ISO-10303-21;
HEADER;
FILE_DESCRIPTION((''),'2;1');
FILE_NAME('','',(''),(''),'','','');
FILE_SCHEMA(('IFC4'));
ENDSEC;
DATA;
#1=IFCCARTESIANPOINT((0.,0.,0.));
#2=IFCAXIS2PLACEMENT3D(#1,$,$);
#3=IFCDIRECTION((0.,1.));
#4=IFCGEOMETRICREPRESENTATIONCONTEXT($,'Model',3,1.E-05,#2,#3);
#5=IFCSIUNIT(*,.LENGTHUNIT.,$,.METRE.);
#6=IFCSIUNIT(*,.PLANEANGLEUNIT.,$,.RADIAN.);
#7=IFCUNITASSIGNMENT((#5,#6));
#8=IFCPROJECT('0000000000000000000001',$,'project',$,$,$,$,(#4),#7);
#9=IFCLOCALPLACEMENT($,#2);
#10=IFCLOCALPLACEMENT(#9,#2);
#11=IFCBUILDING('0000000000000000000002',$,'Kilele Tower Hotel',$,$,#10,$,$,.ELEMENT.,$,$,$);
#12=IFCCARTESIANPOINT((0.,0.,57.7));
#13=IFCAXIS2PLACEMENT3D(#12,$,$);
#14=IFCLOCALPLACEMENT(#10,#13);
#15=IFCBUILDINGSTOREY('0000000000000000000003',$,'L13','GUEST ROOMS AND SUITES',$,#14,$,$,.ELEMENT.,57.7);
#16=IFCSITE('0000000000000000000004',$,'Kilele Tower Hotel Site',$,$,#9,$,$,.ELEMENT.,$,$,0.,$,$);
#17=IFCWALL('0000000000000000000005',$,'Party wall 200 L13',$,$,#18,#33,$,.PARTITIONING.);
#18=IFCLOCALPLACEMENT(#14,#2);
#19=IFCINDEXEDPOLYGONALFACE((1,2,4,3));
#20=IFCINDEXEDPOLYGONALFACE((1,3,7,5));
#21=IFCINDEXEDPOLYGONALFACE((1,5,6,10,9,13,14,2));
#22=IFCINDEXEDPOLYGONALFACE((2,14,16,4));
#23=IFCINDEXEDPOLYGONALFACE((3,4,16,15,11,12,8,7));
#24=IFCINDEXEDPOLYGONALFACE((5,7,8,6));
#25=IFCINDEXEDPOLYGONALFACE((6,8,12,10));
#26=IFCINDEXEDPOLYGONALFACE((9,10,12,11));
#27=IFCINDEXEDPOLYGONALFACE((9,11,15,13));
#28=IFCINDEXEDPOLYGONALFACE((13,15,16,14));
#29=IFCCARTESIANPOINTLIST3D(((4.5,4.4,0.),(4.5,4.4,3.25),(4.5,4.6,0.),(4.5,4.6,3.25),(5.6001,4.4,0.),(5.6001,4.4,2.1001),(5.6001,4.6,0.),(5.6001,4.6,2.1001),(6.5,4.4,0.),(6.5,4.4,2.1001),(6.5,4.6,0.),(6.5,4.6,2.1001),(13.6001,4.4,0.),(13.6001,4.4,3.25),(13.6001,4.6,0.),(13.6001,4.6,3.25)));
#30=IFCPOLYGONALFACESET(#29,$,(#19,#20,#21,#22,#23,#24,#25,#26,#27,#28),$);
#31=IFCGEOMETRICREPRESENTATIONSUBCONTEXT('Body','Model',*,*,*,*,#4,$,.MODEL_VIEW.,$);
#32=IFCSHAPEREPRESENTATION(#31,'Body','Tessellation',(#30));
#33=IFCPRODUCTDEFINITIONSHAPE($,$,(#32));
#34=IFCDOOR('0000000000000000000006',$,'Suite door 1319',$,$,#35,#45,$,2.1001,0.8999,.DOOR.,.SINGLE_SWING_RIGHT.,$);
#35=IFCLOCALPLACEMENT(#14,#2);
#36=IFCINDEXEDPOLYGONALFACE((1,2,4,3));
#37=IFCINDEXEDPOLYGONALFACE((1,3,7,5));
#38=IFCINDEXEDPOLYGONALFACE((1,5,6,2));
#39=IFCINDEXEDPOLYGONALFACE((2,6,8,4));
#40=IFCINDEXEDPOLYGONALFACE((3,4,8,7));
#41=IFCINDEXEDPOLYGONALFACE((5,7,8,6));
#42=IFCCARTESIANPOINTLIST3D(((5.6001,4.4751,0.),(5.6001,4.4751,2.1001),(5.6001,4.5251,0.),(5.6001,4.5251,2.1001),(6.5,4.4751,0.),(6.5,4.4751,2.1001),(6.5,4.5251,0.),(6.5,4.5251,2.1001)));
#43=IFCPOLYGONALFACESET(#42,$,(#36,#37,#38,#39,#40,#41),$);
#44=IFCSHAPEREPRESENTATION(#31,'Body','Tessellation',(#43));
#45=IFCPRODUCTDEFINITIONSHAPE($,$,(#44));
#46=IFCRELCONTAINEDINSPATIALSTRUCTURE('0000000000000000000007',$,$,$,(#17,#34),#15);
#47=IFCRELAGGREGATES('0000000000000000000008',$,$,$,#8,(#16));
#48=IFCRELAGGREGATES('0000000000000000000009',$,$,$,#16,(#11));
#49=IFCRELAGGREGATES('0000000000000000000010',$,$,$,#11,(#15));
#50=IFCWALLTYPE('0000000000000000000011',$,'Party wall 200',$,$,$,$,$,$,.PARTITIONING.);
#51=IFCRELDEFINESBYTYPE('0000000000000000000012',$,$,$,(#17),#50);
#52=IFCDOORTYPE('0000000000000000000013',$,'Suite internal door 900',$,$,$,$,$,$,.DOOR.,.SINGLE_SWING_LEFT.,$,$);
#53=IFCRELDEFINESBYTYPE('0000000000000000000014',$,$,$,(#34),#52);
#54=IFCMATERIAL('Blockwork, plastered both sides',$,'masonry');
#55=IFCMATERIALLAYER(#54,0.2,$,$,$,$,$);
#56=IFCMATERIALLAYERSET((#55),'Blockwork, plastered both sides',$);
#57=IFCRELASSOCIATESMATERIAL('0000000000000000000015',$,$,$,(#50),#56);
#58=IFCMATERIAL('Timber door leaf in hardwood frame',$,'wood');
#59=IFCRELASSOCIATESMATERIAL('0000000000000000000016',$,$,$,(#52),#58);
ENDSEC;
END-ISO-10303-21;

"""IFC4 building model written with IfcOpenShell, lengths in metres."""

from ifc_helpers import new_model, si_unit, direction, frame, frame_2d, origin, place, context, subcontext, project, spatial, rectangle, extrude, material, layer, layer_set, type_object, element, fill, save


model = new_model("IFC4")

# Units and contexts
model_context = context("Model", 3, precision=1e-05, world=origin(), true_north=direction((0.0, 1.0)))
body_context = subcontext(model_context, "Body", "Model", "MODEL_VIEW")
ifc_project = project(units=[si_unit("LENGTHUNIT", "METRE"), si_unit("PLANEANGLEUNIT", "RADIAN")], contexts=[model_context])

# Site, building, storey
site_placement = place(None, origin())
site = spatial("IfcSite", under=ifc_project, at=site_placement, Name="Kilele Tower Hotel Site", CompositionType="ELEMENT", RefElevation=0.0)
building_placement = place(site_placement, origin())
building = spatial("IfcBuilding", under=site, at=building_placement, Name="Kilele Tower Hotel", CompositionType="ELEMENT")
storey_placement = place(building_placement, frame((0.0, 0.0, 57.7)))
storey = spatial("IfcBuildingStorey", under=building, at=storey_placement, Name="L13", Description="GUEST ROOMS AND SUITES", CompositionType="ELEMENT", Elevation=57.7)

# Wall, opening, door
ifc_material_1 = material(Name="Blockwork, plastered both sides", Category="masonry")
ifc_layer_1 = layer(ifc_material_1, 0.2)
ifc_layer_set_1 = layer_set([ifc_layer_1], Name="Blockwork, plastered both sides")
wall_type_1 = type_object("IfcWallType", Name="Party wall 200", PredefinedType="PARTITIONING", material=ifc_layer_set_1)
wall_1_placement = place(storey_placement, frame((13.6001, 4.5, 0.0), z_axis=(0.0, 0.0, 1.0), x_axis=(-1.0, 0.0, 0.0)))
wall_1 = element("IfcWall", 1, at=wall_1_placement, inside=storey, type_object=wall_type_1, Name="Party wall 200 L13", PredefinedType="PARTITIONING", context=body_context, shape_type="SweptSolid", body=[
    extrude(rectangle(XDim=9.1001, YDim=0.2, at=frame_2d((4.55, 0.0))), origin(), (0.0, 0.0, 1.0), 3.25),
])
opening_1_placement = place(wall_1_placement, frame((7.1001, 0.0, 0.0)))
opening_1 = element("IfcOpeningElement", 2, at=opening_1_placement, cuts=wall_1, PredefinedType="OPENING", context=body_context, shape_type="SweptSolid", body=[
    extrude(rectangle(XDim=0.8999, YDim=2.1001, at=frame_2d((0.45, 1.05))), frame((0.0, 0.1099, 0.0), z_axis=(0.0, -1.0, 0.0), x_axis=(1.0, 0.0, 0.0)), (0.0, 0.0, 1.0), 0.22),
])
ifc_material_2 = material(Name="Timber door leaf in hardwood frame", Category="wood")
door_type_1 = type_object("IfcDoorType", Name="Suite internal door 900", OperationType="SINGLE_SWING_LEFT", PredefinedType="DOOR", material=ifc_material_2)
door_1_placement = place(opening_1_placement, origin())
door_1 = element("IfcDoor", 3, at=door_1_placement, inside=storey, type_object=door_type_1, Name="Suite door 1319", OperationType="SINGLE_SWING_RIGHT", OverallHeight=2.1001, OverallWidth=0.8999, PredefinedType="DOOR", context=body_context, shape_type="SweptSolid", body=[
    extrude(rectangle(XDim=0.8999, YDim=2.1001, at=frame_2d((0.45, 1.05))), frame((0.0, 0.0249, 0.0), z_axis=(0.0, -1.0, 0.0), x_axis=(1.0, 0.0, 0.0)), (0.0, 0.0, 1.0), 0.05),
])
fill(opening_1, door_1)

save(model, "model.ifc")
